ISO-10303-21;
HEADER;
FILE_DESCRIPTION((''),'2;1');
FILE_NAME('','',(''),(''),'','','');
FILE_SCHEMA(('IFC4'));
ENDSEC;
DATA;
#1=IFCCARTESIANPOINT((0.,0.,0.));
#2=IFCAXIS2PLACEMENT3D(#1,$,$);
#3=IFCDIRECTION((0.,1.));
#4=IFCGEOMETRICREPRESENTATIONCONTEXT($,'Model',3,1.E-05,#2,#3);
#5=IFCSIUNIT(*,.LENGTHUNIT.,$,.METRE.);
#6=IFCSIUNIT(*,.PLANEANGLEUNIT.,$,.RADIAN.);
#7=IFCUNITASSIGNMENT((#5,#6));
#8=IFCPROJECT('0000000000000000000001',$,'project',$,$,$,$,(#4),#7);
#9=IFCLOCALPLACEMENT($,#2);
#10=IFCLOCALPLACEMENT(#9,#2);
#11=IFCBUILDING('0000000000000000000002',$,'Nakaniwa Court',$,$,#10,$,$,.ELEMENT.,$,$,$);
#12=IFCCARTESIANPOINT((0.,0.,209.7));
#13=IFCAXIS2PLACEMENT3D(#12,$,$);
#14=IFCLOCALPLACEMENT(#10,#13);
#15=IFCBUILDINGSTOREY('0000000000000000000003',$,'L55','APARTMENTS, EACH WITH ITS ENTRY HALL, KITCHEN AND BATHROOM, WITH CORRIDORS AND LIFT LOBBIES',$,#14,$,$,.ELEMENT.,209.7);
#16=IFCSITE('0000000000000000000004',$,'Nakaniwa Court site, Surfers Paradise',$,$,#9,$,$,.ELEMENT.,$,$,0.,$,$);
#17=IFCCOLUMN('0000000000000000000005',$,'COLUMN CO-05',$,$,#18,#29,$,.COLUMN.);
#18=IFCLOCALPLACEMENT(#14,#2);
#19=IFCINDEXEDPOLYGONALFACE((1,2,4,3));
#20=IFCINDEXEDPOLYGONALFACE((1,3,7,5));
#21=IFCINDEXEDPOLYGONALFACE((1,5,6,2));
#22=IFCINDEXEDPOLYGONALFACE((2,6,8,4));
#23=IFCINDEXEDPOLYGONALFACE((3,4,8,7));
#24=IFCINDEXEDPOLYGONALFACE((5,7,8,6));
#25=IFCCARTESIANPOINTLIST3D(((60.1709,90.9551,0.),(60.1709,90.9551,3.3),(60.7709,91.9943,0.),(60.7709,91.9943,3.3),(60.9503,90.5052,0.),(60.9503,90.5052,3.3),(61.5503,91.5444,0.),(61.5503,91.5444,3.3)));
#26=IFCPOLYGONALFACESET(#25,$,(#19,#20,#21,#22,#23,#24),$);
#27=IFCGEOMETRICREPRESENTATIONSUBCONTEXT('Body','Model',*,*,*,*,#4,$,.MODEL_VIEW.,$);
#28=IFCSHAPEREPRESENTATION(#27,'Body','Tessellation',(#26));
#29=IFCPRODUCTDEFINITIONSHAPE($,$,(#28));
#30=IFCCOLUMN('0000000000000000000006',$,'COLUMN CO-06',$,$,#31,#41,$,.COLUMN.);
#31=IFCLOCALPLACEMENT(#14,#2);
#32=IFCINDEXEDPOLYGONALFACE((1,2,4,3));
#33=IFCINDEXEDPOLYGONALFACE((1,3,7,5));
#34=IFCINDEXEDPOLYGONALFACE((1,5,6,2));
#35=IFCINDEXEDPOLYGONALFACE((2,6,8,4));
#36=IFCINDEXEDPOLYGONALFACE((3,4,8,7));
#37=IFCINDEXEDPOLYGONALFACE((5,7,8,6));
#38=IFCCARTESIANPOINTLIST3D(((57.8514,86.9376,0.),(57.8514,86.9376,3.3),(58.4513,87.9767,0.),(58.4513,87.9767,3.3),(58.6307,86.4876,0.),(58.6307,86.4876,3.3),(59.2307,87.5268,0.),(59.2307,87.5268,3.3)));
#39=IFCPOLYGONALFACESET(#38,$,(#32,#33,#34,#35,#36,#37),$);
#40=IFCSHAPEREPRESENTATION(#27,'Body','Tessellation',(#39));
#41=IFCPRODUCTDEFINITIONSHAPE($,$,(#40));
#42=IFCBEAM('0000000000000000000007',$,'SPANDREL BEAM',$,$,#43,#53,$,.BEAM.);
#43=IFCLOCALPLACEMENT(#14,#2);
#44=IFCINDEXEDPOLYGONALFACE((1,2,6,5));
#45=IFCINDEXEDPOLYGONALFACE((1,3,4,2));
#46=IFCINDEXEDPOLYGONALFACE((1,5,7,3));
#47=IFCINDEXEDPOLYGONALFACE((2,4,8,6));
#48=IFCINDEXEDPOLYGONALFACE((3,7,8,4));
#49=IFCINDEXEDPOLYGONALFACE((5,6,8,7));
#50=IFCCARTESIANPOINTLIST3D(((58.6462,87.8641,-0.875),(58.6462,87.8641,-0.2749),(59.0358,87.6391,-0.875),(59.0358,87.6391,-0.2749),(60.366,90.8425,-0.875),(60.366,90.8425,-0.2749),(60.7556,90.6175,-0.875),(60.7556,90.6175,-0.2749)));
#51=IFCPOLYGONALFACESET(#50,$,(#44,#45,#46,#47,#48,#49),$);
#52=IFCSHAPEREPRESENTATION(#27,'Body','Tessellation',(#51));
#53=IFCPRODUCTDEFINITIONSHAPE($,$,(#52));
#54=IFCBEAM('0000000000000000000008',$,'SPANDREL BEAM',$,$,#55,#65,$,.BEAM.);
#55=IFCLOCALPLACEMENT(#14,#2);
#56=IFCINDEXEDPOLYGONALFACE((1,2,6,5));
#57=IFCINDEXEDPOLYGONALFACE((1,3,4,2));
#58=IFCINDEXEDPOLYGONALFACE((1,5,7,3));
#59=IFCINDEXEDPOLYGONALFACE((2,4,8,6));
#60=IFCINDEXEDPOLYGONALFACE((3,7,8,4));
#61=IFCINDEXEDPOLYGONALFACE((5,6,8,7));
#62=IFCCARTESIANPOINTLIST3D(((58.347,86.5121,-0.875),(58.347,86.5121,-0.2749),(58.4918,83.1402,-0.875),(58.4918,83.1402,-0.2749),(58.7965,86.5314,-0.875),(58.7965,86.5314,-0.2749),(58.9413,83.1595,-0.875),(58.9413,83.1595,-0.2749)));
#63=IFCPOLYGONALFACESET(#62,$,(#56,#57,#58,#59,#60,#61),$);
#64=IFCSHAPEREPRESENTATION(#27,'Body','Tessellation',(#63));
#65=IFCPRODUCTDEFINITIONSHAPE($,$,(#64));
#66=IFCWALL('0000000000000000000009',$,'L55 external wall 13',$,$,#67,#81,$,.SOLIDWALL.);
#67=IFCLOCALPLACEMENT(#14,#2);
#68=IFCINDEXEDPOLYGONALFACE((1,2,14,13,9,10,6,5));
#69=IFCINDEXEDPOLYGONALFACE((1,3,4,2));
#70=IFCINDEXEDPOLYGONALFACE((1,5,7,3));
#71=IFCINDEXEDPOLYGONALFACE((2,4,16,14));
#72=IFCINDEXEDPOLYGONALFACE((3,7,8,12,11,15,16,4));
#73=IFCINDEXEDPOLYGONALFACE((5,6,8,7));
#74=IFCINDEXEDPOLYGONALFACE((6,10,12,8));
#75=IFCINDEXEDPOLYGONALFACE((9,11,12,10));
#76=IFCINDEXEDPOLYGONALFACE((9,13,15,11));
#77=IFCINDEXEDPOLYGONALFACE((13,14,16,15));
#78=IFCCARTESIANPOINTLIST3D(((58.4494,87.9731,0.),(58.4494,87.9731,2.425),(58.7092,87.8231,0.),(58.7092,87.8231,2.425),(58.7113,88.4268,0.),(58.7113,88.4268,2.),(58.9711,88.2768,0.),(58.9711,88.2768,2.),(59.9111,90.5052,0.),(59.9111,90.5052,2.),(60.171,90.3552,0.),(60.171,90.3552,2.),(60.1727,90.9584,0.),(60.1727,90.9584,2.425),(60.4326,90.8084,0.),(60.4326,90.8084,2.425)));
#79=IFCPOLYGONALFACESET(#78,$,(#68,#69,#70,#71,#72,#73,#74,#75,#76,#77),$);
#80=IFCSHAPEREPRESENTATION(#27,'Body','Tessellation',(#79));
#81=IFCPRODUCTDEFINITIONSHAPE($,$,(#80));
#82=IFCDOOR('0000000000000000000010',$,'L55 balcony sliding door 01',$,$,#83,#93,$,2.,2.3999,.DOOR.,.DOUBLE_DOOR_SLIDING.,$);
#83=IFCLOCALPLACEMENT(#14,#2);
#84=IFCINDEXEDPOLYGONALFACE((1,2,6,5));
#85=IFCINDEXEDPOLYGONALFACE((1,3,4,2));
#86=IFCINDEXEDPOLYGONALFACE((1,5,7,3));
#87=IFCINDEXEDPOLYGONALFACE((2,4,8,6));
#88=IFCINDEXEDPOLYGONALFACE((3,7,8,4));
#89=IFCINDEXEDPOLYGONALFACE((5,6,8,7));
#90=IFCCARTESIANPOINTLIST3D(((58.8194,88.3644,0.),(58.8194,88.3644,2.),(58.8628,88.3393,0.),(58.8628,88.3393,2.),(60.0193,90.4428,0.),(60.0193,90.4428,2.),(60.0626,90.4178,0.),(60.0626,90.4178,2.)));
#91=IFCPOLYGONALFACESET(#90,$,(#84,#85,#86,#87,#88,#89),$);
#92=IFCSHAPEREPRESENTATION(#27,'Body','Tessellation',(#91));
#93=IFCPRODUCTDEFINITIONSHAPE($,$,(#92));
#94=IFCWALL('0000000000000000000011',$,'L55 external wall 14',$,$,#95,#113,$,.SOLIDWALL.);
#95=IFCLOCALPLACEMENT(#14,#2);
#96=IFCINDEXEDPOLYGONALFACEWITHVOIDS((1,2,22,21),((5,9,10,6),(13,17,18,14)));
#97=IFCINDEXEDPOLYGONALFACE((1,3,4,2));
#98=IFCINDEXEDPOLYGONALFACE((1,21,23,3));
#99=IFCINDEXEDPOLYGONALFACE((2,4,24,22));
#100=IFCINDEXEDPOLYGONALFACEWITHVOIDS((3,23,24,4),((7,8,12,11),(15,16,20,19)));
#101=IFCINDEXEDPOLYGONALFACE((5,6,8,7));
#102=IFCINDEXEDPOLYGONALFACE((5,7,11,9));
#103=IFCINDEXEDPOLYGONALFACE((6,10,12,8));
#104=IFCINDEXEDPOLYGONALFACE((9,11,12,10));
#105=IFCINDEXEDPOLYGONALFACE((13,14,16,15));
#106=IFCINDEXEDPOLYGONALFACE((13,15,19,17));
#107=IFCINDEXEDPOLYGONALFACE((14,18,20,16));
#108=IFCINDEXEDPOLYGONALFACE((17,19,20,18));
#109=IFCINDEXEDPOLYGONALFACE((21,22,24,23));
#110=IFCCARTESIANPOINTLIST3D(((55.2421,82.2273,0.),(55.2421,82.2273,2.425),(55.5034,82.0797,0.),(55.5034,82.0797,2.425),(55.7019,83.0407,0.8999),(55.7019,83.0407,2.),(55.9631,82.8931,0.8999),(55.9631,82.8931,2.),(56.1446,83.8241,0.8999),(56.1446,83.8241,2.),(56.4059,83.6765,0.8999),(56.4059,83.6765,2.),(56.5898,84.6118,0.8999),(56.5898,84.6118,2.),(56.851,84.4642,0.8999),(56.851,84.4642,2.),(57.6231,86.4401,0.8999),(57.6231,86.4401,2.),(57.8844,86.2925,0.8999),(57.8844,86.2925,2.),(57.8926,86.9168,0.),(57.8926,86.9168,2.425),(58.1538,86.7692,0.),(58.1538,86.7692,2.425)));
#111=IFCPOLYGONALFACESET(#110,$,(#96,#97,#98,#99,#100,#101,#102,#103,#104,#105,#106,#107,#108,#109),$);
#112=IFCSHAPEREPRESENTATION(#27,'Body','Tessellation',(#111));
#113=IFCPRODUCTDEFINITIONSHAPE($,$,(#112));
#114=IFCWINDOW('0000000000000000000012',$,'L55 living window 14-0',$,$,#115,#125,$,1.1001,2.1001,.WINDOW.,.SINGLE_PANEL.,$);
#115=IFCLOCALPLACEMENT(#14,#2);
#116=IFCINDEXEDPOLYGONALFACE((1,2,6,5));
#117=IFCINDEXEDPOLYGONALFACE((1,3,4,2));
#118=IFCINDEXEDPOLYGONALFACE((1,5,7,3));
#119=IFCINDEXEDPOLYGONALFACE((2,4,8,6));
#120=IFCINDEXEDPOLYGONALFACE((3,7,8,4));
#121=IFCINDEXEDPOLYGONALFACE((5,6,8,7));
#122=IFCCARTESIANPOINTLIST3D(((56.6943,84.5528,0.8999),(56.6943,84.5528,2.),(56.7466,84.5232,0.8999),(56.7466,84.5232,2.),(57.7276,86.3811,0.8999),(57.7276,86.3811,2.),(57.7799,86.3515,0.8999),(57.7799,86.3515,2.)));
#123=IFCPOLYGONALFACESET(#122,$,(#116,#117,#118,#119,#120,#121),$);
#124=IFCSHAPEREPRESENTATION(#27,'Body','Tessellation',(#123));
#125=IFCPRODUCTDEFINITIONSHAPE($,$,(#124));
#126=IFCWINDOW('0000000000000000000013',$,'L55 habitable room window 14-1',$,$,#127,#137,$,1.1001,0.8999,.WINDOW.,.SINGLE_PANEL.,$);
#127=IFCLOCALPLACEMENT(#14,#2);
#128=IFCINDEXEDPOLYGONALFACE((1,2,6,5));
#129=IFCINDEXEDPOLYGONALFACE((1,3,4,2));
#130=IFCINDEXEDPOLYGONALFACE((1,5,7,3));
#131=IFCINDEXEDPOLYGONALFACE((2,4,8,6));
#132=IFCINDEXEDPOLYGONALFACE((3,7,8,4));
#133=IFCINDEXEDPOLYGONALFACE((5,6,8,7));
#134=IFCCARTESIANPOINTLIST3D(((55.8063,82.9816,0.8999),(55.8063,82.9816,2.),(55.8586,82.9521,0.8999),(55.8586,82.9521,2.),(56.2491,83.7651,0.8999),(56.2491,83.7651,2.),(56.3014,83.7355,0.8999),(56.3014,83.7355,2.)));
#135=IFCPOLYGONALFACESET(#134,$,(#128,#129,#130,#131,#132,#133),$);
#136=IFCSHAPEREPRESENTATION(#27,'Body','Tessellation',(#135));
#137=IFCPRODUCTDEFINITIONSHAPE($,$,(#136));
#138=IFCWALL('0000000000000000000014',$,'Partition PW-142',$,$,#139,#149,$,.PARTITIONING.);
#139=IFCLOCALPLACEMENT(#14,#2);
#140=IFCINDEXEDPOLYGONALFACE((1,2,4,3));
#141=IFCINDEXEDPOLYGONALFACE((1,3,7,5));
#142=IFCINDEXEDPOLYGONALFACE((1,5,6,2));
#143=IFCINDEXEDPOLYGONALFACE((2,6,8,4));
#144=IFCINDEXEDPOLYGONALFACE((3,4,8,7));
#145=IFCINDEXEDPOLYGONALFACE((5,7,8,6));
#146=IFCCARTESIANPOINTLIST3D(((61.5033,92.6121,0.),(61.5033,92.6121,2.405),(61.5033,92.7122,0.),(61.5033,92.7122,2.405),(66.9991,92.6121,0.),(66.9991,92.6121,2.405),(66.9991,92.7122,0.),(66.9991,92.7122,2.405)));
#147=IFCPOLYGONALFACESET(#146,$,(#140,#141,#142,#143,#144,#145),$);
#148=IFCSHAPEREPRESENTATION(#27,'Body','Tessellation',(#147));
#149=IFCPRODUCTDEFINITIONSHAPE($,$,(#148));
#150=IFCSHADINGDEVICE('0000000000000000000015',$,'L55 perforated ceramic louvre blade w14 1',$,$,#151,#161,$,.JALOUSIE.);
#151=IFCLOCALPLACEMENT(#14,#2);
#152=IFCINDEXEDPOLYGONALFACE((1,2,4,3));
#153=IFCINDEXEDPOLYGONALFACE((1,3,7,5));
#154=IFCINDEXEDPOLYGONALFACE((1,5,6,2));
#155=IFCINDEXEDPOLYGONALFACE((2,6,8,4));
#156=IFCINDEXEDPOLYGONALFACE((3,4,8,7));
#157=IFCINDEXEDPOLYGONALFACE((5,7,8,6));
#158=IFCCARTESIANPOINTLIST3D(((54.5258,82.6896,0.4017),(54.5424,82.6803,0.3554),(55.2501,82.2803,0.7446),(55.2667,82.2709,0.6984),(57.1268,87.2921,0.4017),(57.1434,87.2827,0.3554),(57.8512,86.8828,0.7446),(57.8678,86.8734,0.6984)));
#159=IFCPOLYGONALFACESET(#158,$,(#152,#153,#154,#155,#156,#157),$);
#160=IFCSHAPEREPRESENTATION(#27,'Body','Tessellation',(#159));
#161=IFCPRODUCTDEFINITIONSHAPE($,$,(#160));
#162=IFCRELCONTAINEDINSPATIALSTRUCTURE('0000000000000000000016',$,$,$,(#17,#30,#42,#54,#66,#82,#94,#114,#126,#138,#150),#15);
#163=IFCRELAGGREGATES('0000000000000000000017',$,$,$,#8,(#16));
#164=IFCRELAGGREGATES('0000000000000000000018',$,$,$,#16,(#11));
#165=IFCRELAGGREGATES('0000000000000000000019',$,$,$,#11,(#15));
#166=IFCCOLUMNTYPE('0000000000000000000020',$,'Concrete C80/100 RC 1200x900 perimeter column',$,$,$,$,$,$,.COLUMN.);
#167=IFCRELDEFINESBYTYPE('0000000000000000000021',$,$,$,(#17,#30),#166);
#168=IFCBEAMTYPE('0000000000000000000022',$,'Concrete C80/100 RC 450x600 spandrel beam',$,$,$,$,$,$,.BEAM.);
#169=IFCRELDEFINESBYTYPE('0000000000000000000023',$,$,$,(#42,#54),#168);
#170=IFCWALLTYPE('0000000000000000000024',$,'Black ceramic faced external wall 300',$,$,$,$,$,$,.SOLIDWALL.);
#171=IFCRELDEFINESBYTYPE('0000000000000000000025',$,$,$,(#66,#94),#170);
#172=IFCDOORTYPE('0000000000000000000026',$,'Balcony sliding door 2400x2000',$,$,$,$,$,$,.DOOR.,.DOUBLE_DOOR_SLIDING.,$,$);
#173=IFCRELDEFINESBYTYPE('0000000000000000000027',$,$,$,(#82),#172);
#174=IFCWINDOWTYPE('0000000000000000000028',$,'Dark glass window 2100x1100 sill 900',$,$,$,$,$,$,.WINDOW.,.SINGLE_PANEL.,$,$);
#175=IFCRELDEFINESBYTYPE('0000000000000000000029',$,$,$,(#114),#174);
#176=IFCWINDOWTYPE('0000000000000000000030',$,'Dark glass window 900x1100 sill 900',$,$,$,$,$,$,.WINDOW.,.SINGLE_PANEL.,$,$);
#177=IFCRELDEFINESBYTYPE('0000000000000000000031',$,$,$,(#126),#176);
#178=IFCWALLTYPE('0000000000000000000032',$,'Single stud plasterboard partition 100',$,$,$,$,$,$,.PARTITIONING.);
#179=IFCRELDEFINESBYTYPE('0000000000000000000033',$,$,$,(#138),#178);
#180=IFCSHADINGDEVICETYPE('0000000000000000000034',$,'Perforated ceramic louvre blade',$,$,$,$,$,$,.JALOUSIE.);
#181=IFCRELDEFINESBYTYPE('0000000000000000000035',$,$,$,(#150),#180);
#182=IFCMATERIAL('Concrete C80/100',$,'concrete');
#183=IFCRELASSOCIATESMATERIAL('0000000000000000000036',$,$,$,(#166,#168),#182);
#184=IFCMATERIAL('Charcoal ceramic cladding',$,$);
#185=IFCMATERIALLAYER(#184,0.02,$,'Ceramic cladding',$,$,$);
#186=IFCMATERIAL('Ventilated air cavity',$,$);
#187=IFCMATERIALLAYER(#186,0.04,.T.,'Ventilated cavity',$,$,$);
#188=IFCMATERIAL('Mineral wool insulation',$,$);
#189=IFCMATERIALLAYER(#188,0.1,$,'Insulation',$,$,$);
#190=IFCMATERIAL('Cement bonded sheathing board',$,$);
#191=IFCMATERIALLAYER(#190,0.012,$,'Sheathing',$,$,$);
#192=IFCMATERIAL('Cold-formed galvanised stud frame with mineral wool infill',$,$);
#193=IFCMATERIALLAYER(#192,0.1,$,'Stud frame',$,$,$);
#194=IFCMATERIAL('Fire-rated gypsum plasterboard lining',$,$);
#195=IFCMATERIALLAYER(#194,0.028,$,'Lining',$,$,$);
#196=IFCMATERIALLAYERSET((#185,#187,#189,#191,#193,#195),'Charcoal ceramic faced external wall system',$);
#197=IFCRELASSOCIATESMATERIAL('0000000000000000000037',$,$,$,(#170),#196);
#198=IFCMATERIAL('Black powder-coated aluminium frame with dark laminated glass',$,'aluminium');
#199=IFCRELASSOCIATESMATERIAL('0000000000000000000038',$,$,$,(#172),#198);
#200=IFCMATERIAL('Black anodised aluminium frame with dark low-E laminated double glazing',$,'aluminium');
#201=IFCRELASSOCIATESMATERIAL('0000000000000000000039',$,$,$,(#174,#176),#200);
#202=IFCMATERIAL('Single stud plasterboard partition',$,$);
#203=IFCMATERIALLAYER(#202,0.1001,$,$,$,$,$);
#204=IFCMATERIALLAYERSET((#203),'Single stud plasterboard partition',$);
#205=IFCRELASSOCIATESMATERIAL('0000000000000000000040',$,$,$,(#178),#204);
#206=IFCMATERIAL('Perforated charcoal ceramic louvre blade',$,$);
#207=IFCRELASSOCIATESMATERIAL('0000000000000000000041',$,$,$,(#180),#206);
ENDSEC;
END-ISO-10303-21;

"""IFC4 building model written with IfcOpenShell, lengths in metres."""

from ifc_helpers import new_model, si_unit, direction, frame, frame_2d, origin, origin_2d, place, context, subcontext, project, spatial, rectangle, extrude, material, layer, layer_set, material_profile, profile_set, type_object, element, fill, save


model = new_model("IFC4")

# Units and contexts
model_context = context("Model", 3, precision=1e-05, world=origin(), true_north=direction((0.0, 1.0)))
body_context = subcontext(model_context, "Body", "Model", "MODEL_VIEW")
ifc_project = project(units=[si_unit("LENGTHUNIT", "METRE"), si_unit("PLANEANGLEUNIT", "RADIAN")], contexts=[model_context])

# Site, building, storey
site_placement = place(None, origin())
site = spatial("IfcSite", under=ifc_project, at=site_placement, Name="Nakaniwa Court site, Surfers Paradise", CompositionType="ELEMENT", RefElevation=0.0)
building_placement = place(site_placement, origin())
building = spatial("IfcBuilding", under=site, at=building_placement, Name="Nakaniwa Court", CompositionType="ELEMENT")
storey_placement = place(building_placement, frame((0.0, 0.0, 209.7)))
storey = spatial("IfcBuildingStorey", under=building, at=storey_placement, Name="L55", Description="APARTMENTS, EACH WITH ITS ENTRY HALL, KITCHEN AND BATHROOM, WITH CORRIDORS AND LIFT LOBBIES", CompositionType="ELEMENT", Elevation=209.7)

# Columns
ifc_material_1 = material(Name="Concrete C80/100", Category="concrete")
ifc_material_profile_1 = material_profile(ifc_material_1, rectangle(XDim=1.2, YDim=0.8999, at=origin_2d()), Name="Concrete C80/100 RC 1200x900 perimeter column")
ifc_profile_set_1 = profile_set([ifc_material_profile_1], Name="Concrete C80/100")
column_type = type_object("IfcColumnType", Name="Concrete C80/100 RC 1200x900 perimeter column", PredefinedType="COLUMN", material=ifc_profile_set_1)
for number, where, z_axis, x_axis, name in (
    (1, (60.8606, 91.2498, 0.0), (0.0, 0.0, 1.0), (-0.5, -0.866025, 0.0), "COLUMN CO-05"),
    (2, (58.541, 87.2322, 0.0), (0.0, 0.0, 1.0), (-0.5, -0.866025, 0.0), "COLUMN CO-06"),
):
    element("IfcColumn", number, at=place(storey_placement, frame(where, z_axis=z_axis, x_axis=x_axis)), inside=storey, type_object=column_type, Name=name, PredefinedType="COLUMN", context=body_context, shape_type="SweptSolid", body=[
        extrude(rectangle(XDim=1.2, YDim=0.8999, at=origin_2d()), origin(), (0.0, 0.0, 1.0), 3.3),
    ])

# Beams
ifc_material_profile_2 = material_profile(ifc_material_1, rectangle(XDim=0.45, YDim=0.6001, at=origin_2d()), Name="Concrete C80/100 RC 450x600 spandrel beam")
ifc_profile_set_2 = profile_set([ifc_material_profile_2], Name="Concrete C80/100")
beam_type = type_object("IfcBeamType", Name="Concrete C80/100 RC 450x600 spandrel beam", PredefinedType="BEAM", material=ifc_profile_set_2)
beam_1_placement = place(storey_placement, frame((60.5608, 90.73, -0.575), z_axis=(-0.500048, -0.865998, 0.0), x_axis=(0.865998, -0.500048, 0.0)))
element("IfcBeam", 3, at=beam_1_placement, inside=storey, type_object=beam_type, Name="SPANDREL BEAM", PredefinedType="BEAM", context=body_context, shape_type="SweptSolid", body=[
    extrude(rectangle(XDim=0.45, YDim=0.6001, at=origin_2d()), origin(), (0.0, 0.0, 1.0), 3.4392),
])
beam_2_placement = place(storey_placement, frame((58.5718, 86.5217, -0.575), z_axis=(0.042897, -0.999079, 0.0), x_axis=(0.999079, 0.042897, 0.0)))
element("IfcBeam", 4, at=beam_2_placement, inside=storey, type_object=beam_type, Name="SPANDREL BEAM", PredefinedType="BEAM", context=body_context, shape_type="SweptSolid", body=[
    extrude(rectangle(XDim=0.45, YDim=0.6001, at=origin_2d()), origin(), (0.0, 0.0, 1.0), 3.375),
])

# Wall, opening, door
ifc_material_2 = material(Name="Charcoal ceramic cladding")
ifc_layer_1 = layer(ifc_material_2, 0.02, Name="Ceramic cladding")
ifc_material_3 = material(Name="Ventilated air cavity")
ifc_layer_2 = layer(ifc_material_3, 0.04, ventilated=True, Name="Ventilated cavity")
ifc_material_4 = material(Name="Mineral wool insulation")
ifc_layer_3 = layer(ifc_material_4, 0.1, Name="Insulation")
ifc_material_5 = material(Name="Cement bonded sheathing board")
ifc_layer_4 = layer(ifc_material_5, 0.012, Name="Sheathing")
ifc_material_6 = material(Name="Cold-formed galvanised stud frame with mineral wool infill")
ifc_layer_5 = layer(ifc_material_6, 0.1, Name="Stud frame")
ifc_material_7 = material(Name="Fire-rated gypsum plasterboard lining")
ifc_layer_6 = layer(ifc_material_7, 0.028, Name="Lining")
ifc_layer_set_1 = layer_set([ifc_layer_1, ifc_layer_2, ifc_layer_3, ifc_layer_4, ifc_layer_5, ifc_layer_6], Name="Charcoal ceramic faced external wall system")
wall_type_1 = type_object("IfcWallType", Name="Black ceramic faced external wall 300", PredefinedType="SOLIDWALL", material=ifc_layer_set_1)
wall_1_placement = place(storey_placement, frame((60.3027, 90.8835, 0.0), z_axis=(0.0, 0.0, 1.0), x_axis=(-0.499955, -0.866051, 0.0)))
wall_1 = element("IfcWall", 5, at=wall_1_placement, inside=storey, type_object=wall_type_1, Name="L55 external wall 13", PredefinedType="SOLIDWALL", context=body_context, shape_type="SweptSolid", body=[
    extrude(rectangle(XDim=3.447, YDim=0.3, at=frame_2d((1.7236, 0.0))), origin(), (0.0, 0.0, 1.0), 2.425),
])
opening_1_placement = place(wall_1_placement, frame((0.5234, 0.0, 0.0)))
opening_1 = element("IfcOpeningElement", 6, at=opening_1_placement, cuts=wall_1, PredefinedType="OPENING", context=body_context, shape_type="SweptSolid", body=[
    extrude(rectangle(XDim=2.3999, YDim=2.0, at=frame_2d((1.2, 1.0))), frame((0.0, 0.1599, 0.0), z_axis=(0.0, -1.0, 0.0), x_axis=(1.0, 0.0, 0.0)), (0.0, 0.0, 1.0), 0.3201),
])
ifc_material_8 = material(Name="Black powder-coated aluminium frame with dark laminated glass", Category="aluminium")
door_type = type_object("IfcDoorType", Name="Balcony sliding door 2400x2000", OperationType="DOUBLE_DOOR_SLIDING", PredefinedType="DOOR", material=ifc_material_8)
door_placement = place(opening_1_placement, origin())
door = element("IfcDoor", 7, at=door_placement, inside=storey, type_object=door_type, Name="L55 balcony sliding door 01", OperationType="DOUBLE_DOOR_SLIDING", OverallHeight=2.0, OverallWidth=2.3999, PredefinedType="DOOR", context=body_context, shape_type="SweptSolid", body=[
    extrude(rectangle(XDim=2.3999, YDim=2.0, at=frame_2d((1.2, 1.0))), frame((0.0, 0.0249, 0.0), z_axis=(0.0, -1.0, 0.0), x_axis=(1.0, 0.0, 0.0)), (0.0, 0.0, 1.0), 0.05),
])
fill(opening_1, door)

# Wall, openings, windows
wall_2_placement = place(storey_placement, frame((58.0232, 86.843, 0.0), z_axis=(0.0, 0.0, 1.0), x_axis=(-0.492033, -0.870576, 0.0)))
wall_2 = element("IfcWall", 8, at=wall_2_placement, inside=storey, type_object=wall_type_1, Name="L55 external wall 14", PredefinedType="SOLIDWALL", context=body_context, shape_type="SweptSolid", body=[
    extrude(rectangle(XDim=5.3867, YDim=0.3, at=frame_2d((2.6934, 0.0))), origin(), (0.0, 0.0, 1.0), 2.425),
])
opening_2_placement = place(wall_2_placement, frame((0.5476, 0.0, 0.8999)))
opening_2 = element("IfcOpeningElement", 9, at=opening_2_placement, cuts=wall_2, PredefinedType="OPENING", context=body_context, shape_type="SweptSolid", body=[
    extrude(rectangle(XDim=2.1001, YDim=1.1001, at=frame_2d((1.05, 0.55))), frame((0.0, 0.1599, 0.0), z_axis=(0.0, -1.0, 0.0), x_axis=(1.0, 0.0, 0.0)), (0.0, 0.0, 1.0), 0.3201),
])
opening_3_placement = place(wall_2_placement, frame((3.5525, 0.0, 0.8999)))
opening_3 = element("IfcOpeningElement", 10, at=opening_3_placement, cuts=wall_2, PredefinedType="OPENING", context=body_context, shape_type="SweptSolid", body=[
    extrude(rectangle(XDim=0.8999, YDim=1.1001, at=frame_2d((0.45, 0.55))), frame((0.0, 0.1599, 0.0), z_axis=(0.0, -1.0, 0.0), x_axis=(1.0, 0.0, 0.0)), (0.0, 0.0, 1.0), 0.3201),
])
ifc_material_9 = material(Name="Black anodised aluminium frame with dark low-E laminated double glazing", Category="aluminium")
window_type_1 = type_object("IfcWindowType", Name="Dark glass window 2100x1100 sill 900", PartitioningType="SINGLE_PANEL", PredefinedType="WINDOW", material=ifc_material_9)
window_1_placement = place(opening_2_placement, origin())
window_1 = element("IfcWindow", 11, at=window_1_placement, inside=storey, type_object=window_type_1, Name="L55 living window 14-0", OverallHeight=1.1001, OverallWidth=2.1001, PartitioningType="SINGLE_PANEL", PredefinedType="WINDOW", context=body_context, shape_type="SweptSolid", body=[
    extrude(rectangle(XDim=2.1001, YDim=1.1001, at=frame_2d((1.05, 0.55))), frame((0.0, 0.03, 0.0), z_axis=(0.0, -1.0, 0.0), x_axis=(1.0, 0.0, 0.0)), (0.0, 0.0, 1.0), 0.0601),
])
fill(opening_2, window_1)
window_type_2 = type_object("IfcWindowType", Name="Dark glass window 900x1100 sill 900", PartitioningType="SINGLE_PANEL", PredefinedType="WINDOW", material=ifc_material_9)
window_2_placement = place(opening_3_placement, origin())
window_2 = element("IfcWindow", 12, at=window_2_placement, inside=storey, type_object=window_type_2, Name="L55 habitable room window 14-1", OverallHeight=1.1001, OverallWidth=0.8999, PartitioningType="SINGLE_PANEL", PredefinedType="WINDOW", context=body_context, shape_type="SweptSolid", body=[
    extrude(rectangle(XDim=0.8999, YDim=1.1001, at=frame_2d((0.45, 0.55))), frame((0.0, 0.03, 0.0), z_axis=(0.0, -1.0, 0.0), x_axis=(1.0, 0.0, 0.0)), (0.0, 0.0, 1.0), 0.0601),
])
fill(opening_3, window_2)

# Wall
ifc_material_10 = material(Name="Single stud plasterboard partition")
ifc_layer_7 = layer(ifc_material_10, 0.1001)
ifc_layer_set_2 = layer_set([ifc_layer_7], Name="Single stud plasterboard partition")
wall_type_2 = type_object("IfcWallType", Name="Single stud plasterboard partition 100", PredefinedType="PARTITIONING", material=ifc_layer_set_2)
wall_3_placement = place(storey_placement, frame((61.5032, 92.6621, 0.0), z_axis=(0.0, 0.0, 1.0), x_axis=(1.0, 0.0, 0.0)))
element("IfcWall", 13, at=wall_3_placement, inside=storey, type_object=wall_type_2, Name="Partition PW-142", PredefinedType="PARTITIONING", context=body_context, shape_type="SweptSolid", body=[
    extrude(rectangle(XDim=5.4958, YDim=0.1001, at=frame_2d((2.748, 0.0))), origin(), (0.0, 0.0, 1.0), 2.405),
])

# Shading device
ifc_material_11 = material(Name="Perforated charcoal ceramic louvre blade")
ifc_material_profile_3 = material_profile(ifc_material_11, rectangle(XDim=0.8999, YDim=0.05, at=origin_2d()), Name="Perforated ceramic louvre blade")
ifc_profile_set_3 = profile_set([ifc_material_profile_3], Name="Perforated charcoal ceramic louvre blade")
shading_device_type = type_object("IfcShadingDeviceType", Name="Perforated ceramic louvre blade", PredefinedType="JALOUSIE", material=ifc_profile_set_3)
for number, where, z_axis, x_axis, name in (
    (14, (57.4973, 87.0828, 0.55), (-0.492006, -0.870592, 0.0), (0.804902, -0.454882, 0.38107), "L55 perforated ceramic louvre blade w14 1"),
):
    element("IfcShadingDevice", number, at=place(storey_placement, frame(where, z_axis=z_axis, x_axis=x_axis)), inside=storey, type_object=shading_device_type, Name=name, PredefinedType="JALOUSIE", context=body_context, shape_type="SweptSolid", body=[
        extrude(rectangle(XDim=0.8999, YDim=0.05, at=origin_2d()), origin(), (0.0, 0.0, 1.0), 5.2866),
    ])

save(model, "model.ifc")
